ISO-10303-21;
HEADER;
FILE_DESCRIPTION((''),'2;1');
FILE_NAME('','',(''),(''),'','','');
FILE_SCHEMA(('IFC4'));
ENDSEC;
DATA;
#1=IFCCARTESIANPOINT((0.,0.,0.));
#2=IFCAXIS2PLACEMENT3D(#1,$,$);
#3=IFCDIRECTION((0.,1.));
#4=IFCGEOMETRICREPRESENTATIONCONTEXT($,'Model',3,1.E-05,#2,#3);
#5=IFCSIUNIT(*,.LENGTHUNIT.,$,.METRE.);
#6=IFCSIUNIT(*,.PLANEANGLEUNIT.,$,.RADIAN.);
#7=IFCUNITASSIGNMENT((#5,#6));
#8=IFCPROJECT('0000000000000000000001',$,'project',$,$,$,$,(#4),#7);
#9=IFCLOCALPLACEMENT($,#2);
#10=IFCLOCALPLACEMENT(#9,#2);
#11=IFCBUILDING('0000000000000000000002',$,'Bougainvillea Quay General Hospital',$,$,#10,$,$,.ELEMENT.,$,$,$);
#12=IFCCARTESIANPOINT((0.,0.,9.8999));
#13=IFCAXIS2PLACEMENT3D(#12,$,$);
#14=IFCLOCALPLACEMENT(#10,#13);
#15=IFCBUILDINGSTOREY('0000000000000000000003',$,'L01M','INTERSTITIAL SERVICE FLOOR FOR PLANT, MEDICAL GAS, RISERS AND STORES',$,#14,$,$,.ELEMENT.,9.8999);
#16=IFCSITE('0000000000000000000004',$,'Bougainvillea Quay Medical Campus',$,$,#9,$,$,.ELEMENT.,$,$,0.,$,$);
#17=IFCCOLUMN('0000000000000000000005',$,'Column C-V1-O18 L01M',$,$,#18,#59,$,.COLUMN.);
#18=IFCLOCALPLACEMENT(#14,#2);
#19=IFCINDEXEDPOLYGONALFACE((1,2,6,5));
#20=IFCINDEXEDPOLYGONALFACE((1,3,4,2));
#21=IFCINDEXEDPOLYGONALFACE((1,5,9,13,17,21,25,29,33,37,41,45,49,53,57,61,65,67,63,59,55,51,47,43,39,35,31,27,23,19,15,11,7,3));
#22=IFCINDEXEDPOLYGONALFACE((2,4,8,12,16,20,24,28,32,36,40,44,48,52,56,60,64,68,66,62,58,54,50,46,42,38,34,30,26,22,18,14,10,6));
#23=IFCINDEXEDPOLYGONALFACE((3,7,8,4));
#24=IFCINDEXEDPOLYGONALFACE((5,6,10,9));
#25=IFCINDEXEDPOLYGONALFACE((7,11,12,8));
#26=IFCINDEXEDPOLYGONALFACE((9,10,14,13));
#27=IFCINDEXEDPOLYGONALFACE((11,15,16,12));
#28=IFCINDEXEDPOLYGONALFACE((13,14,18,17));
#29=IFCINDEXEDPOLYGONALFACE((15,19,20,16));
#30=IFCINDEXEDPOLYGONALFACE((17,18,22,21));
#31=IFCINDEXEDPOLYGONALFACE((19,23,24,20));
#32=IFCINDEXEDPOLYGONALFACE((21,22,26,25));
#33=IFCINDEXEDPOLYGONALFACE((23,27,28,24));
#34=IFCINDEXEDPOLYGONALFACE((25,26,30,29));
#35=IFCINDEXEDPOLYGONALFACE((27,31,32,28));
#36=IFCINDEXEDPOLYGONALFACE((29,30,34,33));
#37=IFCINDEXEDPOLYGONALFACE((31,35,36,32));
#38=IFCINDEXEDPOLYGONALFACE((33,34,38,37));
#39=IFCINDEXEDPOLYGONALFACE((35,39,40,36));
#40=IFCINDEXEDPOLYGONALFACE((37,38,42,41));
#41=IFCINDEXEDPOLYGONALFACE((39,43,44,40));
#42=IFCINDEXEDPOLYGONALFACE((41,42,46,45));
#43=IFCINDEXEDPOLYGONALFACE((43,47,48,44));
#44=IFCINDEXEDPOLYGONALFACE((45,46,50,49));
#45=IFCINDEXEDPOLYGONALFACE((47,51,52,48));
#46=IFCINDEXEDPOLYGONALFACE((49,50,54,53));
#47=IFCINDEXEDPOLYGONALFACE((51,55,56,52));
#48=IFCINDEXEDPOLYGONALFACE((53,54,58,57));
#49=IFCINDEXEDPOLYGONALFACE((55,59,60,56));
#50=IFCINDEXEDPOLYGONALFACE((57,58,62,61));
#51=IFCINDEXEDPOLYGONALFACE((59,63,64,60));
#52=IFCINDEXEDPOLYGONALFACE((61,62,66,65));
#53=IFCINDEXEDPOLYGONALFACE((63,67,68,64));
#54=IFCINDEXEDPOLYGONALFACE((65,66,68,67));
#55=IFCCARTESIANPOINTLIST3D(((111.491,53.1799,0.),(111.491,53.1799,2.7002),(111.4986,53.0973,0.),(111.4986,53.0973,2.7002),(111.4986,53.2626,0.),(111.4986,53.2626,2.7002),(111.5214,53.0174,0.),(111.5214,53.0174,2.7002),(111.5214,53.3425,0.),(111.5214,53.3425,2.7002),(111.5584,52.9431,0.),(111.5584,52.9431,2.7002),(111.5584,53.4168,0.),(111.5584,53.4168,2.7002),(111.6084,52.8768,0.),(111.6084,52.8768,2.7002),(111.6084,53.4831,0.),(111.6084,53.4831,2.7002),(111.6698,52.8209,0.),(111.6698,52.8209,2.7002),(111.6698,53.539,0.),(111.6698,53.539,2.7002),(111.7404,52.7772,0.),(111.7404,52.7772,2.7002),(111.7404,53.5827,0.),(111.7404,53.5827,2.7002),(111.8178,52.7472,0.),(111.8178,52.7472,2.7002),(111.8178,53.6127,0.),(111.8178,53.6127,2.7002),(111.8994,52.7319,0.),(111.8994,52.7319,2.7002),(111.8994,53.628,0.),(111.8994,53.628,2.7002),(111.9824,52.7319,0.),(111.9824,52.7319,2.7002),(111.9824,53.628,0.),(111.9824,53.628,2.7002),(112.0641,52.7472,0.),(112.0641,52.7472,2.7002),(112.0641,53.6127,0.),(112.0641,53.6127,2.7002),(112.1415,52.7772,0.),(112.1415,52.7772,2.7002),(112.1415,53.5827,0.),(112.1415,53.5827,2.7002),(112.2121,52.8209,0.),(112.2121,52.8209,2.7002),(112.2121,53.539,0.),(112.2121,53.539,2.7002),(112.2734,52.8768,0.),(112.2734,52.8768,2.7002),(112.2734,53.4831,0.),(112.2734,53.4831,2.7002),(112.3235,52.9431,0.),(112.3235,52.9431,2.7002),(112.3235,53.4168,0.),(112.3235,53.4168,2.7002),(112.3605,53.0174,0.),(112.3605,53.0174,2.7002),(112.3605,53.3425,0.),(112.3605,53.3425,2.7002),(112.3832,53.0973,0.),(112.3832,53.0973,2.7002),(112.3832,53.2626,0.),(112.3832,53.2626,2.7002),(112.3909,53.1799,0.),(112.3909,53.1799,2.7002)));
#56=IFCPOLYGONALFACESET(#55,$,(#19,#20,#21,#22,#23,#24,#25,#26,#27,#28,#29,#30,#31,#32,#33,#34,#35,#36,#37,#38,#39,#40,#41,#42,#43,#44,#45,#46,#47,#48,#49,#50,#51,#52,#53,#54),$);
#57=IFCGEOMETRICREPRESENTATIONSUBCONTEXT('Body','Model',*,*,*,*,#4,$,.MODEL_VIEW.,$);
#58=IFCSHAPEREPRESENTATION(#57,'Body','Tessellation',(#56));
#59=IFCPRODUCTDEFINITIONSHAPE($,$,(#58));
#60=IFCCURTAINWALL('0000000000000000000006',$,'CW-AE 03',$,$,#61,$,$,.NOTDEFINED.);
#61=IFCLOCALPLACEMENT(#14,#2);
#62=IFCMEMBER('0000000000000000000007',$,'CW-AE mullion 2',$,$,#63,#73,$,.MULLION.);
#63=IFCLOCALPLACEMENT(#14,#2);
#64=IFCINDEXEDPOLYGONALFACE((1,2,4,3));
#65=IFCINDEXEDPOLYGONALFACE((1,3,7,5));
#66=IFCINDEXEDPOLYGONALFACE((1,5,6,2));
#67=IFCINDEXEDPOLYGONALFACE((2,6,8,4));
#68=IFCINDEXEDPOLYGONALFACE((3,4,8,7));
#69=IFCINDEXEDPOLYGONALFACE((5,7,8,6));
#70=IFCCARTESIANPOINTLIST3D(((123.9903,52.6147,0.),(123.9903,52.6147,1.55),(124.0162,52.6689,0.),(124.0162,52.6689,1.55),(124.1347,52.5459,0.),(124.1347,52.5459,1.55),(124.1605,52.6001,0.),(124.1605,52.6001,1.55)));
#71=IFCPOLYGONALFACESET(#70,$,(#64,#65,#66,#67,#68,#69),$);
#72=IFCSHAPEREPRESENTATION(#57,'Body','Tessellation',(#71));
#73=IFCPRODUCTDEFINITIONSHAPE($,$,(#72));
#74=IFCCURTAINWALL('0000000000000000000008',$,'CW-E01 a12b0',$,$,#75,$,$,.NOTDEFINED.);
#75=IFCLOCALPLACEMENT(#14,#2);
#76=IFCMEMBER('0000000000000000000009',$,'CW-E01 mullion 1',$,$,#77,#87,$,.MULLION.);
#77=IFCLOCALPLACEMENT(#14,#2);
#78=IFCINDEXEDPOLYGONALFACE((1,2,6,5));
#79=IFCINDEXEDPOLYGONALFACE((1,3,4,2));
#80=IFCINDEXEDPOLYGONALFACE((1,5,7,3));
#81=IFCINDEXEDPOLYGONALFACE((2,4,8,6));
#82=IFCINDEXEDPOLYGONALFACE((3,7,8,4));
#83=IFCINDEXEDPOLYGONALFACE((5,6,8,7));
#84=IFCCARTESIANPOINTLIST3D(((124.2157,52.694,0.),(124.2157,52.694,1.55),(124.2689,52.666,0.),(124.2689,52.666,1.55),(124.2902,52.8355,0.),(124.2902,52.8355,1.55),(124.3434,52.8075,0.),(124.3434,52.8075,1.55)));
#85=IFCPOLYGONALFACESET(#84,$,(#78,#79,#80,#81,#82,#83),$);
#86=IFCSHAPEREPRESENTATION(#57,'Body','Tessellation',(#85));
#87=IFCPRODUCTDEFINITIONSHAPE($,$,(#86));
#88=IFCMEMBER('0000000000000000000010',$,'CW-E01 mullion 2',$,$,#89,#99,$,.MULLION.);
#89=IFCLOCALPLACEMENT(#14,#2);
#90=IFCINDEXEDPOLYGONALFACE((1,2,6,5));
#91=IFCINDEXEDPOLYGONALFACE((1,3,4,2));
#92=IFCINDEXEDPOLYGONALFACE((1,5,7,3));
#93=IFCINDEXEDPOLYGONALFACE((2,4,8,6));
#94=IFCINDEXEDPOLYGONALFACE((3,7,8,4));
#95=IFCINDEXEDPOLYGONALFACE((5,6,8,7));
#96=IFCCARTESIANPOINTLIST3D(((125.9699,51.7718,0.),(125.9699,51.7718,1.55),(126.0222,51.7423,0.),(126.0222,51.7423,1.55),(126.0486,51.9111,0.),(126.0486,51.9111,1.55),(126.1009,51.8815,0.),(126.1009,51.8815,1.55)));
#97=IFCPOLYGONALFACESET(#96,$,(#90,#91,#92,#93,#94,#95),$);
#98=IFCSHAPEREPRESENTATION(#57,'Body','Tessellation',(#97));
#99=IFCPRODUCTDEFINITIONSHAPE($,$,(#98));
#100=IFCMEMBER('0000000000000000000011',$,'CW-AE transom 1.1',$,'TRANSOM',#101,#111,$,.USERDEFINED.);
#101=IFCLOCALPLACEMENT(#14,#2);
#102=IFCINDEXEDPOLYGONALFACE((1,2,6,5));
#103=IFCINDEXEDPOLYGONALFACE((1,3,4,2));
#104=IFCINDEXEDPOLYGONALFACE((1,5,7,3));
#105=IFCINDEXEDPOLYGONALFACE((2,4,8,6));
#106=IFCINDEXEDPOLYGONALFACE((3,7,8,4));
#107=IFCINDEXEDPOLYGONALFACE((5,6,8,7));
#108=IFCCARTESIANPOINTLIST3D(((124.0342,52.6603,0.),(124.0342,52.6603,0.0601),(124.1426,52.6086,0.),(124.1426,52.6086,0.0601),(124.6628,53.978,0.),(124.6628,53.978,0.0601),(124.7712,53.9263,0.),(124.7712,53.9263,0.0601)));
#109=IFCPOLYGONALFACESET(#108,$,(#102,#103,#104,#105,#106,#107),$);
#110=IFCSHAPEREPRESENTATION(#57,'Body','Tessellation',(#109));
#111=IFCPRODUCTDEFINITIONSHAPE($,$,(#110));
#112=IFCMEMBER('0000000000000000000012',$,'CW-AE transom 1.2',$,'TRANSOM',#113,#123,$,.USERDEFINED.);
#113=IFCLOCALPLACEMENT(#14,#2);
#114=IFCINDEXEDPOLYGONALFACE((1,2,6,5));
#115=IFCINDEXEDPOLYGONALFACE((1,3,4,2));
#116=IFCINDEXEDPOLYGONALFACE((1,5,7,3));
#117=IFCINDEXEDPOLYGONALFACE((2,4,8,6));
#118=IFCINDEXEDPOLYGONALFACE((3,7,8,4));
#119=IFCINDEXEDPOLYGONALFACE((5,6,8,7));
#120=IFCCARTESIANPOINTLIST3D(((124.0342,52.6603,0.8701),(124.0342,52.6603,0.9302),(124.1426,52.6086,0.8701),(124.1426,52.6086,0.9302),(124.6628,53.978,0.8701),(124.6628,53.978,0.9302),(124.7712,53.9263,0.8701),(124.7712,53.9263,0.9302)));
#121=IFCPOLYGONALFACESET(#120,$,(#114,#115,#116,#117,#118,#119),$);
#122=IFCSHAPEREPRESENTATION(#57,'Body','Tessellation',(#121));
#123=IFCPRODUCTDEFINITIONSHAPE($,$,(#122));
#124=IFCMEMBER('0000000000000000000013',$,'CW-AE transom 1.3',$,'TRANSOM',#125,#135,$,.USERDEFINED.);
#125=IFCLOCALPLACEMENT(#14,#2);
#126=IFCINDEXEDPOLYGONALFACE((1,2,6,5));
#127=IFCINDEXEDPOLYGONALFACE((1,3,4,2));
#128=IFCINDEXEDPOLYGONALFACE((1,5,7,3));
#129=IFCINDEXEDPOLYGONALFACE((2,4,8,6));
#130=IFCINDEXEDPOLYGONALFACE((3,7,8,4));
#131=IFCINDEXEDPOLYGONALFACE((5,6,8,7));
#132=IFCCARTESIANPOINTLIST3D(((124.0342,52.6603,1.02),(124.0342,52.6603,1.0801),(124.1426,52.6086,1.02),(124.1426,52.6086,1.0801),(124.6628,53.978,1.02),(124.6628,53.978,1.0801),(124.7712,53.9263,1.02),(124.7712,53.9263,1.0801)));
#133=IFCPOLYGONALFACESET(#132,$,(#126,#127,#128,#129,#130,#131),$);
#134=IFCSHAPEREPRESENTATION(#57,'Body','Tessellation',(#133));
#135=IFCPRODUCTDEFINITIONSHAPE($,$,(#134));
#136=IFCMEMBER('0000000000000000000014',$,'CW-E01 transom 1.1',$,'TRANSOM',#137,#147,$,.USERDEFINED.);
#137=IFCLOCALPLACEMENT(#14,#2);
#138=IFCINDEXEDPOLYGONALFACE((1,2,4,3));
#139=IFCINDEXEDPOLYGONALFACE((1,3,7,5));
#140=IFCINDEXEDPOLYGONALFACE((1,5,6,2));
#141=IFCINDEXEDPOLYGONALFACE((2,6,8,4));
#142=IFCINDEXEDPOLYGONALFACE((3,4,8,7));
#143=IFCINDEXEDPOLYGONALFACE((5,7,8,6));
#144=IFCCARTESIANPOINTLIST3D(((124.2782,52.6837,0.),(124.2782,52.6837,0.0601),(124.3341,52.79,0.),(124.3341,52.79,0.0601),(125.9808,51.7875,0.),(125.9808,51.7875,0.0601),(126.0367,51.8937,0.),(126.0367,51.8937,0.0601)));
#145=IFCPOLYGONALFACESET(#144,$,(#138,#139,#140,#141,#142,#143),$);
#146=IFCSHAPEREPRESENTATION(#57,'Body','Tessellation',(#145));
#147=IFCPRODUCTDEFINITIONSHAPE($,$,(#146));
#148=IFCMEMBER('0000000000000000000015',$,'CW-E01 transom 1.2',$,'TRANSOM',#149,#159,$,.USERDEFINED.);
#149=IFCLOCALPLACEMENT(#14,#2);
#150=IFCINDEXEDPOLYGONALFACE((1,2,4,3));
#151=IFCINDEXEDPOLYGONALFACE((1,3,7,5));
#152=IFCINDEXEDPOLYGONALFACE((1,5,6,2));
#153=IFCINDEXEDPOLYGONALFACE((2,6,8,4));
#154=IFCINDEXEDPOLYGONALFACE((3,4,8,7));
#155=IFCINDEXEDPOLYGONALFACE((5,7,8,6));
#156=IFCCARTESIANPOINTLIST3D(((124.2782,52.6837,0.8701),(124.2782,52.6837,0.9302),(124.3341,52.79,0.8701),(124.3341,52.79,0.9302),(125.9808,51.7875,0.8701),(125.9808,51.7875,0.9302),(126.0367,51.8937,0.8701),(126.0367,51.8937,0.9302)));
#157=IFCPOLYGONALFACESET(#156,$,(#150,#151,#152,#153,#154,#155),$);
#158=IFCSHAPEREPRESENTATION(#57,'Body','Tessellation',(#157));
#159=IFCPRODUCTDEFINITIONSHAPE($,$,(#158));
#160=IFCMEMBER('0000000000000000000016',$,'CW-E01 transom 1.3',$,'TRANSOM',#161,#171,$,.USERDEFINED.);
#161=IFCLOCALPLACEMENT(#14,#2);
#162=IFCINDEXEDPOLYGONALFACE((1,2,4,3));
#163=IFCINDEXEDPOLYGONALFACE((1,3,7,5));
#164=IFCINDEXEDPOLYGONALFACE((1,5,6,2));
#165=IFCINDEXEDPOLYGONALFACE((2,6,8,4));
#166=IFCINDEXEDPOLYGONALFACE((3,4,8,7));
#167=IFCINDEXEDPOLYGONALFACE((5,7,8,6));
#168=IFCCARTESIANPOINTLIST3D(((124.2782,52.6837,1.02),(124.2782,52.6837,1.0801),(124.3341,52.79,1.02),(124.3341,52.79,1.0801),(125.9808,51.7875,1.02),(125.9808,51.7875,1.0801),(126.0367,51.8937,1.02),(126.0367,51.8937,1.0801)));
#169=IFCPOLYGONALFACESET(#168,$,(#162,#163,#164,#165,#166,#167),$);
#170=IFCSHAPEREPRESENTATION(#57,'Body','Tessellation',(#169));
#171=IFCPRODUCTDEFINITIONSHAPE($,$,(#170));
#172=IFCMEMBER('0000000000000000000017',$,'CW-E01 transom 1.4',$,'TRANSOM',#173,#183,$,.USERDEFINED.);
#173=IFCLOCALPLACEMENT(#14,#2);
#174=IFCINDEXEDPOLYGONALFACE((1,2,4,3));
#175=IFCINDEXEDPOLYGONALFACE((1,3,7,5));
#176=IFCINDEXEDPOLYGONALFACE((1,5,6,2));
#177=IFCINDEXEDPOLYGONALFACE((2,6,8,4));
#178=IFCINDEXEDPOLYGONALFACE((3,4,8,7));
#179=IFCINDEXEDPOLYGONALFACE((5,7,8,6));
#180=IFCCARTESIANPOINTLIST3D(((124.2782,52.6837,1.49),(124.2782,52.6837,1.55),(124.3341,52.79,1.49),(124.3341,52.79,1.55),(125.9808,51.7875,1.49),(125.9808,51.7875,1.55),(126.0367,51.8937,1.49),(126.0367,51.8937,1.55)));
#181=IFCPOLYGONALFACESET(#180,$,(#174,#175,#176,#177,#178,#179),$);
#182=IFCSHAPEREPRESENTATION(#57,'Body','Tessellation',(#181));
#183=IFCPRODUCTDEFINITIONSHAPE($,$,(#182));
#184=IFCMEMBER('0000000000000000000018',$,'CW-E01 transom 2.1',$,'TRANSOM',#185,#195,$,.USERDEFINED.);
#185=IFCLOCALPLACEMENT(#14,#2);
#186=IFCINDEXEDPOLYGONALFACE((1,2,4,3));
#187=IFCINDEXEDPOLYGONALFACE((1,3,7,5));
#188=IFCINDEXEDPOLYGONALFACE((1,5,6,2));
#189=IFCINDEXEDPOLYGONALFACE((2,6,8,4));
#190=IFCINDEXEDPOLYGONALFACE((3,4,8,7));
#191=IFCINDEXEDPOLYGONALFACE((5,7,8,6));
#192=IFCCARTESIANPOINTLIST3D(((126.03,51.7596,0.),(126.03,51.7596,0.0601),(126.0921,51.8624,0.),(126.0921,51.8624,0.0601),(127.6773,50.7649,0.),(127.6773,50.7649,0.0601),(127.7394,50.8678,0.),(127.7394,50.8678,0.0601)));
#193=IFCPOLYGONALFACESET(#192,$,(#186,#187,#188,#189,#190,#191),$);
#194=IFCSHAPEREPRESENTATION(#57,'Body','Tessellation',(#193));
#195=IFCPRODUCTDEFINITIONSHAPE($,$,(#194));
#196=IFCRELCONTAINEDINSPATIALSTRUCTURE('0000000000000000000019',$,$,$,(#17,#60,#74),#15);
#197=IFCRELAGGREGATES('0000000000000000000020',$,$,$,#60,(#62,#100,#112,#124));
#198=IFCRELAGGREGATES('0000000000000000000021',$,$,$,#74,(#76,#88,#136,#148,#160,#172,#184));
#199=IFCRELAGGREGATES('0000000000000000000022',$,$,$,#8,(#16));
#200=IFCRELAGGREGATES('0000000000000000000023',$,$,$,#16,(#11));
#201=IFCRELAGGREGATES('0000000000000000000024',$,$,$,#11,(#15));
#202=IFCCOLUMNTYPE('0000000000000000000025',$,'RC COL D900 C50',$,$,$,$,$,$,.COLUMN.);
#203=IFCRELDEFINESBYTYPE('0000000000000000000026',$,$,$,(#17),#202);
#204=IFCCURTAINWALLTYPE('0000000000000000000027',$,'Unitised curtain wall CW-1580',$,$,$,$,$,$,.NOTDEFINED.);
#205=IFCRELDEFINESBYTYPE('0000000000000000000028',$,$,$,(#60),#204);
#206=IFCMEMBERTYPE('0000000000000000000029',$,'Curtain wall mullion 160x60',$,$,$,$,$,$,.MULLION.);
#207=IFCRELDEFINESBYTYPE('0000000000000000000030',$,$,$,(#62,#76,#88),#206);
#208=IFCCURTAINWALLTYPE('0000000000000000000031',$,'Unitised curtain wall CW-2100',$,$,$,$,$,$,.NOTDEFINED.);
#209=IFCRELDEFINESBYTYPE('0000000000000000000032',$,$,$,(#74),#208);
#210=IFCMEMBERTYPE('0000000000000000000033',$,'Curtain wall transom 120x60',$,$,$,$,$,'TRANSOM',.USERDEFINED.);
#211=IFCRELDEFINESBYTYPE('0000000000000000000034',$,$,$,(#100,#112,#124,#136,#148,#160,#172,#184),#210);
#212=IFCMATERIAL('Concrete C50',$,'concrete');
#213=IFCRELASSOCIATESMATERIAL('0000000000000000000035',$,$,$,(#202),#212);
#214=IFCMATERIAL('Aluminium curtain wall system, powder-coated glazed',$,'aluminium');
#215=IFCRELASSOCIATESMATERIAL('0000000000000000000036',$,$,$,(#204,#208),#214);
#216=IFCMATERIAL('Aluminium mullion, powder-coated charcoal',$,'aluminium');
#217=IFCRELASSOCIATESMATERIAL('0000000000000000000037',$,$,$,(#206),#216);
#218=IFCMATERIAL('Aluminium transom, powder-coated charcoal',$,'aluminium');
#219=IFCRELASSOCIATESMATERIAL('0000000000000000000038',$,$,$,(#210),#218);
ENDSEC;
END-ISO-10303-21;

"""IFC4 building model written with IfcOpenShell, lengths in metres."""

from ifc_helpers import new_model, si_unit, direction, frame, origin, origin_2d, place, context, subcontext, project, spatial, rectangle, circle, extrude, material, material_profile, profile_set, type_object, element, aggregate, save


model = new_model("IFC4")

# Units and contexts
model_context = context("Model", 3, precision=1e-05, world=origin(), true_north=direction((0.0, 1.0)))
body_context = subcontext(model_context, "Body", "Model", "MODEL_VIEW")
ifc_project = project(units=[si_unit("LENGTHUNIT", "METRE"), si_unit("PLANEANGLEUNIT", "RADIAN")], contexts=[model_context])

# Site, building, storey
site_placement = place(None, origin())
site = spatial("IfcSite", under=ifc_project, at=site_placement, Name="Bougainvillea Quay Medical Campus", CompositionType="ELEMENT", RefElevation=0.0)
building_placement = place(site_placement, origin())
building = spatial("IfcBuilding", under=site, at=building_placement, Name="Bougainvillea Quay General Hospital", CompositionType="ELEMENT")
storey_placement = place(building_placement, frame((0.0, 0.0, 9.8999)))
storey = spatial("IfcBuildingStorey", under=building, at=storey_placement, Name="L01M", Description="INTERSTITIAL SERVICE FLOOR FOR PLANT, MEDICAL GAS, RISERS AND STORES", CompositionType="ELEMENT", Elevation=9.8999)

# Column
ifc_material_1 = material(Name="Concrete C50", Category="concrete")
ifc_material_profile_1 = material_profile(ifc_material_1, circle(Radius=0.45, at=origin_2d()))
ifc_profile_set_1 = profile_set([ifc_material_profile_1], Name="Concrete C50")
column_type = type_object("IfcColumnType", Name="RC COL D900 C50", PredefinedType="COLUMN", material=ifc_profile_set_1)
column_placement = place(storey_placement, frame((111.9409, 53.1799, 0.0), z_axis=(0.0, 0.0, 1.0), x_axis=(1.0, 0.0, 0.0)))
element("IfcColumn", 1, at=column_placement, inside=storey, type_object=column_type, Name="Column C-V1-O18 L01M", PredefinedType="COLUMN", context=body_context, shape_type="SweptSolid", body=[
    extrude(circle(Radius=0.45, at=origin_2d()), origin(), (0.0, 0.0, 1.0), 2.7002),
])

# Curtain wall, member
ifc_material_2 = material(Name="Aluminium curtain wall system, powder-coated glazed", Category="aluminium")
curtain_wall_type_1 = type_object("IfcCurtainWallType", Name="Unitised curtain wall CW-1580", PredefinedType="NOTDEFINED", material=ifc_material_2)
curtain_wall_1_placement = place(storey_placement, origin())
curtain_wall_1 = element("IfcCurtainWall", 2, at=curtain_wall_1_placement, inside=storey, type_object=curtain_wall_type_1, Name="CW-AE 03", PredefinedType="NOTDEFINED")
ifc_material_3 = material(Name="Aluminium mullion, powder-coated charcoal", Category="aluminium")
ifc_material_profile_2 = material_profile(ifc_material_3, rectangle(XDim=0.1599, YDim=0.0601, at=origin_2d()))
ifc_profile_set_2 = profile_set([ifc_material_profile_2], Name="Aluminium mullion, powder-coated charcoal")
member_type_1 = type_object("IfcMemberType", Name="Curtain wall mullion 160x60", PredefinedType="MULLION", material=ifc_profile_set_2)
member_1_placement = place(storey_placement, frame((124.0754, 52.6074, 0.0), z_axis=(0.0, 0.0, 1.0), x_axis=(0.902578, -0.430525, 0.0)))
member_1 = element("IfcMember", 3, at=member_1_placement, type_object=member_type_1, Name="CW-AE mullion 2", PredefinedType="MULLION", context=body_context, shape_type="SweptSolid", body=[
    extrude(rectangle(XDim=0.1599, YDim=0.0601, at=origin_2d()), origin(), (0.0, 0.0, 1.0), 1.55),
])

# Curtain wall, members
curtain_wall_type_2 = type_object("IfcCurtainWallType", Name="Unitised curtain wall CW-2100", PredefinedType="NOTDEFINED", material=ifc_material_2)
curtain_wall_2_placement = place(storey_placement, origin())
curtain_wall_2 = element("IfcCurtainWall", 4, at=curtain_wall_2_placement, inside=storey, type_object=curtain_wall_type_2, Name="CW-E01 a12b0", PredefinedType="NOTDEFINED")
member_2_placement = place(storey_placement, frame((124.2795, 52.7507, 0.0), z_axis=(0.0, 0.0, 1.0), x_axis=(0.465726, 0.884929, 0.0)))
member_2 = element("IfcMember", 5, at=member_2_placement, type_object=member_type_1, Name="CW-E01 mullion 1", PredefinedType="MULLION", context=body_context, shape_type="SweptSolid", body=[
    extrude(rectangle(XDim=0.1599, YDim=0.0601, at=origin_2d()), origin(), (0.0, 0.0, 1.0), 1.55),
])
member_3_placement = place(storey_placement, frame((126.0354, 51.8267, 0.0), z_axis=(0.0, 0.0, 1.0), x_axis=(0.491545, 0.870852, 0.0)))
member_3 = element("IfcMember", 6, at=member_3_placement, type_object=member_type_1, Name="CW-E01 mullion 2", PredefinedType="MULLION", context=body_context, shape_type="SweptSolid", body=[
    extrude(rectangle(XDim=0.1599, YDim=0.0601, at=origin_2d()), origin(), (0.0, 0.0, 1.0), 1.55),
])

# Members
ifc_material_4 = material(Name="Aluminium transom, powder-coated charcoal", Category="aluminium")
ifc_material_profile_3 = material_profile(ifc_material_4, rectangle(XDim=0.1201, YDim=0.0601, at=origin_2d()))
ifc_profile_set_3 = profile_set([ifc_material_profile_3], Name="Aluminium transom, powder-coated charcoal")
member_type_2 = type_object("IfcMemberType", Name="Curtain wall transom 120x60", ElementType="TRANSOM", PredefinedType="USERDEFINED", material=ifc_profile_set_3)
member_4_placement = place(storey_placement, frame((124.717, 53.9521, 0.03), z_axis=(-0.430615, -0.902536, 0.0), x_axis=(0.902536, -0.430615, 0.0)))
member_4 = element("IfcMember", 7, at=member_4_placement, type_object=member_type_2, Name="CW-AE transom 1.1", ObjectType="TRANSOM", PredefinedType="USERDEFINED", context=body_context, shape_type="SweptSolid", body=[
    extrude(rectangle(XDim=0.1201, YDim=0.0601, at=origin_2d()), origin(), (0.0, 0.0, 1.0), 1.46),
])
member_5_placement = place(storey_placement, frame((124.717, 53.9521, 0.9001), z_axis=(-0.430615, -0.902536, 0.0), x_axis=(0.902536, -0.430615, 0.0)))
member_5 = element("IfcMember", 8, at=member_5_placement, type_object=member_type_2, Name="CW-AE transom 1.2", ObjectType="TRANSOM", PredefinedType="USERDEFINED", context=body_context, shape_type="SweptSolid", body=[
    extrude(rectangle(XDim=0.1201, YDim=0.0601, at=origin_2d()), origin(), (0.0, 0.0, 1.0), 1.46),
])
member_6_placement = place(storey_placement, frame((124.717, 53.9521, 1.05), z_axis=(-0.430615, -0.902536, 0.0), x_axis=(0.902536, -0.430615, 0.0)))
member_6 = element("IfcMember", 9, at=member_6_placement, type_object=member_type_2, Name="CW-AE transom 1.3", ObjectType="TRANSOM", PredefinedType="USERDEFINED", context=body_context, shape_type="SweptSolid", body=[
    extrude(rectangle(XDim=0.1201, YDim=0.0601, at=origin_2d()), origin(), (0.0, 0.0, 1.0), 1.46),
])
member_7_placement = place(storey_placement, frame((124.3062, 52.7368, 0.03), z_axis=(0.884893, -0.465793, 0.0), x_axis=(0.465793, 0.884893, 0.0)))
member_7 = element("IfcMember", 10, at=member_7_placement, type_object=member_type_2, Name="CW-E01 transom 1.1", ObjectType="TRANSOM", PredefinedType="USERDEFINED", context=body_context, shape_type="SweptSolid", body=[
    extrude(rectangle(XDim=0.1201, YDim=0.0601, at=origin_2d()), origin(), (0.0, 0.0, 1.0), 1.9241),
])
member_8_placement = place(storey_placement, frame((124.3062, 52.7368, 0.9001), z_axis=(0.884893, -0.465793, 0.0), x_axis=(0.465793, 0.884893, 0.0)))
member_8 = element("IfcMember", 11, at=member_8_placement, type_object=member_type_2, Name="CW-E01 transom 1.2", ObjectType="TRANSOM", PredefinedType="USERDEFINED", context=body_context, shape_type="SweptSolid", body=[
    extrude(rectangle(XDim=0.1201, YDim=0.0601, at=origin_2d()), origin(), (0.0, 0.0, 1.0), 1.9241),
])
member_9_placement = place(storey_placement, frame((124.3062, 52.7368, 1.05), z_axis=(0.884893, -0.465793, 0.0), x_axis=(0.465793, 0.884893, 0.0)))
member_9 = element("IfcMember", 12, at=member_9_placement, type_object=member_type_2, Name="CW-E01 transom 1.3", ObjectType="TRANSOM", PredefinedType="USERDEFINED", context=body_context, shape_type="SweptSolid", body=[
    extrude(rectangle(XDim=0.1201, YDim=0.0601, at=origin_2d()), origin(), (0.0, 0.0, 1.0), 1.9241),
])
member_10_placement = place(storey_placement, frame((124.3062, 52.7368, 1.52), z_axis=(0.884893, -0.465793, 0.0), x_axis=(0.465793, 0.884893, 0.0)))
member_10 = element("IfcMember", 13, at=member_10_placement, type_object=member_type_2, Name="CW-E01 transom 1.4", ObjectType="TRANSOM", PredefinedType="USERDEFINED", context=body_context, shape_type="SweptSolid", body=[
    extrude(rectangle(XDim=0.1201, YDim=0.0601, at=origin_2d()), origin(), (0.0, 0.0, 1.0), 1.9241),
])
member_11_placement = place(storey_placement, frame((126.061, 51.811, 0.03), z_axis=(0.856045, -0.516901, 0.0), x_axis=(0.516901, 0.856045, 0.0)))
member_11 = element("IfcMember", 14, at=member_11_placement, type_object=member_type_2, Name="CW-E01 transom 2.1", ObjectType="TRANSOM", PredefinedType="USERDEFINED", context=body_context, shape_type="SweptSolid", body=[
    extrude(rectangle(XDim=0.1201, YDim=0.0601, at=origin_2d()), origin(), (0.0, 0.0, 1.0), 1.9243),
])

aggregate(curtain_wall_1, [member_1, member_4, member_5, member_6])
aggregate(curtain_wall_2, [member_2, member_3, member_7, member_8, member_9, member_10, member_11])

save(model, "model.ifc")
